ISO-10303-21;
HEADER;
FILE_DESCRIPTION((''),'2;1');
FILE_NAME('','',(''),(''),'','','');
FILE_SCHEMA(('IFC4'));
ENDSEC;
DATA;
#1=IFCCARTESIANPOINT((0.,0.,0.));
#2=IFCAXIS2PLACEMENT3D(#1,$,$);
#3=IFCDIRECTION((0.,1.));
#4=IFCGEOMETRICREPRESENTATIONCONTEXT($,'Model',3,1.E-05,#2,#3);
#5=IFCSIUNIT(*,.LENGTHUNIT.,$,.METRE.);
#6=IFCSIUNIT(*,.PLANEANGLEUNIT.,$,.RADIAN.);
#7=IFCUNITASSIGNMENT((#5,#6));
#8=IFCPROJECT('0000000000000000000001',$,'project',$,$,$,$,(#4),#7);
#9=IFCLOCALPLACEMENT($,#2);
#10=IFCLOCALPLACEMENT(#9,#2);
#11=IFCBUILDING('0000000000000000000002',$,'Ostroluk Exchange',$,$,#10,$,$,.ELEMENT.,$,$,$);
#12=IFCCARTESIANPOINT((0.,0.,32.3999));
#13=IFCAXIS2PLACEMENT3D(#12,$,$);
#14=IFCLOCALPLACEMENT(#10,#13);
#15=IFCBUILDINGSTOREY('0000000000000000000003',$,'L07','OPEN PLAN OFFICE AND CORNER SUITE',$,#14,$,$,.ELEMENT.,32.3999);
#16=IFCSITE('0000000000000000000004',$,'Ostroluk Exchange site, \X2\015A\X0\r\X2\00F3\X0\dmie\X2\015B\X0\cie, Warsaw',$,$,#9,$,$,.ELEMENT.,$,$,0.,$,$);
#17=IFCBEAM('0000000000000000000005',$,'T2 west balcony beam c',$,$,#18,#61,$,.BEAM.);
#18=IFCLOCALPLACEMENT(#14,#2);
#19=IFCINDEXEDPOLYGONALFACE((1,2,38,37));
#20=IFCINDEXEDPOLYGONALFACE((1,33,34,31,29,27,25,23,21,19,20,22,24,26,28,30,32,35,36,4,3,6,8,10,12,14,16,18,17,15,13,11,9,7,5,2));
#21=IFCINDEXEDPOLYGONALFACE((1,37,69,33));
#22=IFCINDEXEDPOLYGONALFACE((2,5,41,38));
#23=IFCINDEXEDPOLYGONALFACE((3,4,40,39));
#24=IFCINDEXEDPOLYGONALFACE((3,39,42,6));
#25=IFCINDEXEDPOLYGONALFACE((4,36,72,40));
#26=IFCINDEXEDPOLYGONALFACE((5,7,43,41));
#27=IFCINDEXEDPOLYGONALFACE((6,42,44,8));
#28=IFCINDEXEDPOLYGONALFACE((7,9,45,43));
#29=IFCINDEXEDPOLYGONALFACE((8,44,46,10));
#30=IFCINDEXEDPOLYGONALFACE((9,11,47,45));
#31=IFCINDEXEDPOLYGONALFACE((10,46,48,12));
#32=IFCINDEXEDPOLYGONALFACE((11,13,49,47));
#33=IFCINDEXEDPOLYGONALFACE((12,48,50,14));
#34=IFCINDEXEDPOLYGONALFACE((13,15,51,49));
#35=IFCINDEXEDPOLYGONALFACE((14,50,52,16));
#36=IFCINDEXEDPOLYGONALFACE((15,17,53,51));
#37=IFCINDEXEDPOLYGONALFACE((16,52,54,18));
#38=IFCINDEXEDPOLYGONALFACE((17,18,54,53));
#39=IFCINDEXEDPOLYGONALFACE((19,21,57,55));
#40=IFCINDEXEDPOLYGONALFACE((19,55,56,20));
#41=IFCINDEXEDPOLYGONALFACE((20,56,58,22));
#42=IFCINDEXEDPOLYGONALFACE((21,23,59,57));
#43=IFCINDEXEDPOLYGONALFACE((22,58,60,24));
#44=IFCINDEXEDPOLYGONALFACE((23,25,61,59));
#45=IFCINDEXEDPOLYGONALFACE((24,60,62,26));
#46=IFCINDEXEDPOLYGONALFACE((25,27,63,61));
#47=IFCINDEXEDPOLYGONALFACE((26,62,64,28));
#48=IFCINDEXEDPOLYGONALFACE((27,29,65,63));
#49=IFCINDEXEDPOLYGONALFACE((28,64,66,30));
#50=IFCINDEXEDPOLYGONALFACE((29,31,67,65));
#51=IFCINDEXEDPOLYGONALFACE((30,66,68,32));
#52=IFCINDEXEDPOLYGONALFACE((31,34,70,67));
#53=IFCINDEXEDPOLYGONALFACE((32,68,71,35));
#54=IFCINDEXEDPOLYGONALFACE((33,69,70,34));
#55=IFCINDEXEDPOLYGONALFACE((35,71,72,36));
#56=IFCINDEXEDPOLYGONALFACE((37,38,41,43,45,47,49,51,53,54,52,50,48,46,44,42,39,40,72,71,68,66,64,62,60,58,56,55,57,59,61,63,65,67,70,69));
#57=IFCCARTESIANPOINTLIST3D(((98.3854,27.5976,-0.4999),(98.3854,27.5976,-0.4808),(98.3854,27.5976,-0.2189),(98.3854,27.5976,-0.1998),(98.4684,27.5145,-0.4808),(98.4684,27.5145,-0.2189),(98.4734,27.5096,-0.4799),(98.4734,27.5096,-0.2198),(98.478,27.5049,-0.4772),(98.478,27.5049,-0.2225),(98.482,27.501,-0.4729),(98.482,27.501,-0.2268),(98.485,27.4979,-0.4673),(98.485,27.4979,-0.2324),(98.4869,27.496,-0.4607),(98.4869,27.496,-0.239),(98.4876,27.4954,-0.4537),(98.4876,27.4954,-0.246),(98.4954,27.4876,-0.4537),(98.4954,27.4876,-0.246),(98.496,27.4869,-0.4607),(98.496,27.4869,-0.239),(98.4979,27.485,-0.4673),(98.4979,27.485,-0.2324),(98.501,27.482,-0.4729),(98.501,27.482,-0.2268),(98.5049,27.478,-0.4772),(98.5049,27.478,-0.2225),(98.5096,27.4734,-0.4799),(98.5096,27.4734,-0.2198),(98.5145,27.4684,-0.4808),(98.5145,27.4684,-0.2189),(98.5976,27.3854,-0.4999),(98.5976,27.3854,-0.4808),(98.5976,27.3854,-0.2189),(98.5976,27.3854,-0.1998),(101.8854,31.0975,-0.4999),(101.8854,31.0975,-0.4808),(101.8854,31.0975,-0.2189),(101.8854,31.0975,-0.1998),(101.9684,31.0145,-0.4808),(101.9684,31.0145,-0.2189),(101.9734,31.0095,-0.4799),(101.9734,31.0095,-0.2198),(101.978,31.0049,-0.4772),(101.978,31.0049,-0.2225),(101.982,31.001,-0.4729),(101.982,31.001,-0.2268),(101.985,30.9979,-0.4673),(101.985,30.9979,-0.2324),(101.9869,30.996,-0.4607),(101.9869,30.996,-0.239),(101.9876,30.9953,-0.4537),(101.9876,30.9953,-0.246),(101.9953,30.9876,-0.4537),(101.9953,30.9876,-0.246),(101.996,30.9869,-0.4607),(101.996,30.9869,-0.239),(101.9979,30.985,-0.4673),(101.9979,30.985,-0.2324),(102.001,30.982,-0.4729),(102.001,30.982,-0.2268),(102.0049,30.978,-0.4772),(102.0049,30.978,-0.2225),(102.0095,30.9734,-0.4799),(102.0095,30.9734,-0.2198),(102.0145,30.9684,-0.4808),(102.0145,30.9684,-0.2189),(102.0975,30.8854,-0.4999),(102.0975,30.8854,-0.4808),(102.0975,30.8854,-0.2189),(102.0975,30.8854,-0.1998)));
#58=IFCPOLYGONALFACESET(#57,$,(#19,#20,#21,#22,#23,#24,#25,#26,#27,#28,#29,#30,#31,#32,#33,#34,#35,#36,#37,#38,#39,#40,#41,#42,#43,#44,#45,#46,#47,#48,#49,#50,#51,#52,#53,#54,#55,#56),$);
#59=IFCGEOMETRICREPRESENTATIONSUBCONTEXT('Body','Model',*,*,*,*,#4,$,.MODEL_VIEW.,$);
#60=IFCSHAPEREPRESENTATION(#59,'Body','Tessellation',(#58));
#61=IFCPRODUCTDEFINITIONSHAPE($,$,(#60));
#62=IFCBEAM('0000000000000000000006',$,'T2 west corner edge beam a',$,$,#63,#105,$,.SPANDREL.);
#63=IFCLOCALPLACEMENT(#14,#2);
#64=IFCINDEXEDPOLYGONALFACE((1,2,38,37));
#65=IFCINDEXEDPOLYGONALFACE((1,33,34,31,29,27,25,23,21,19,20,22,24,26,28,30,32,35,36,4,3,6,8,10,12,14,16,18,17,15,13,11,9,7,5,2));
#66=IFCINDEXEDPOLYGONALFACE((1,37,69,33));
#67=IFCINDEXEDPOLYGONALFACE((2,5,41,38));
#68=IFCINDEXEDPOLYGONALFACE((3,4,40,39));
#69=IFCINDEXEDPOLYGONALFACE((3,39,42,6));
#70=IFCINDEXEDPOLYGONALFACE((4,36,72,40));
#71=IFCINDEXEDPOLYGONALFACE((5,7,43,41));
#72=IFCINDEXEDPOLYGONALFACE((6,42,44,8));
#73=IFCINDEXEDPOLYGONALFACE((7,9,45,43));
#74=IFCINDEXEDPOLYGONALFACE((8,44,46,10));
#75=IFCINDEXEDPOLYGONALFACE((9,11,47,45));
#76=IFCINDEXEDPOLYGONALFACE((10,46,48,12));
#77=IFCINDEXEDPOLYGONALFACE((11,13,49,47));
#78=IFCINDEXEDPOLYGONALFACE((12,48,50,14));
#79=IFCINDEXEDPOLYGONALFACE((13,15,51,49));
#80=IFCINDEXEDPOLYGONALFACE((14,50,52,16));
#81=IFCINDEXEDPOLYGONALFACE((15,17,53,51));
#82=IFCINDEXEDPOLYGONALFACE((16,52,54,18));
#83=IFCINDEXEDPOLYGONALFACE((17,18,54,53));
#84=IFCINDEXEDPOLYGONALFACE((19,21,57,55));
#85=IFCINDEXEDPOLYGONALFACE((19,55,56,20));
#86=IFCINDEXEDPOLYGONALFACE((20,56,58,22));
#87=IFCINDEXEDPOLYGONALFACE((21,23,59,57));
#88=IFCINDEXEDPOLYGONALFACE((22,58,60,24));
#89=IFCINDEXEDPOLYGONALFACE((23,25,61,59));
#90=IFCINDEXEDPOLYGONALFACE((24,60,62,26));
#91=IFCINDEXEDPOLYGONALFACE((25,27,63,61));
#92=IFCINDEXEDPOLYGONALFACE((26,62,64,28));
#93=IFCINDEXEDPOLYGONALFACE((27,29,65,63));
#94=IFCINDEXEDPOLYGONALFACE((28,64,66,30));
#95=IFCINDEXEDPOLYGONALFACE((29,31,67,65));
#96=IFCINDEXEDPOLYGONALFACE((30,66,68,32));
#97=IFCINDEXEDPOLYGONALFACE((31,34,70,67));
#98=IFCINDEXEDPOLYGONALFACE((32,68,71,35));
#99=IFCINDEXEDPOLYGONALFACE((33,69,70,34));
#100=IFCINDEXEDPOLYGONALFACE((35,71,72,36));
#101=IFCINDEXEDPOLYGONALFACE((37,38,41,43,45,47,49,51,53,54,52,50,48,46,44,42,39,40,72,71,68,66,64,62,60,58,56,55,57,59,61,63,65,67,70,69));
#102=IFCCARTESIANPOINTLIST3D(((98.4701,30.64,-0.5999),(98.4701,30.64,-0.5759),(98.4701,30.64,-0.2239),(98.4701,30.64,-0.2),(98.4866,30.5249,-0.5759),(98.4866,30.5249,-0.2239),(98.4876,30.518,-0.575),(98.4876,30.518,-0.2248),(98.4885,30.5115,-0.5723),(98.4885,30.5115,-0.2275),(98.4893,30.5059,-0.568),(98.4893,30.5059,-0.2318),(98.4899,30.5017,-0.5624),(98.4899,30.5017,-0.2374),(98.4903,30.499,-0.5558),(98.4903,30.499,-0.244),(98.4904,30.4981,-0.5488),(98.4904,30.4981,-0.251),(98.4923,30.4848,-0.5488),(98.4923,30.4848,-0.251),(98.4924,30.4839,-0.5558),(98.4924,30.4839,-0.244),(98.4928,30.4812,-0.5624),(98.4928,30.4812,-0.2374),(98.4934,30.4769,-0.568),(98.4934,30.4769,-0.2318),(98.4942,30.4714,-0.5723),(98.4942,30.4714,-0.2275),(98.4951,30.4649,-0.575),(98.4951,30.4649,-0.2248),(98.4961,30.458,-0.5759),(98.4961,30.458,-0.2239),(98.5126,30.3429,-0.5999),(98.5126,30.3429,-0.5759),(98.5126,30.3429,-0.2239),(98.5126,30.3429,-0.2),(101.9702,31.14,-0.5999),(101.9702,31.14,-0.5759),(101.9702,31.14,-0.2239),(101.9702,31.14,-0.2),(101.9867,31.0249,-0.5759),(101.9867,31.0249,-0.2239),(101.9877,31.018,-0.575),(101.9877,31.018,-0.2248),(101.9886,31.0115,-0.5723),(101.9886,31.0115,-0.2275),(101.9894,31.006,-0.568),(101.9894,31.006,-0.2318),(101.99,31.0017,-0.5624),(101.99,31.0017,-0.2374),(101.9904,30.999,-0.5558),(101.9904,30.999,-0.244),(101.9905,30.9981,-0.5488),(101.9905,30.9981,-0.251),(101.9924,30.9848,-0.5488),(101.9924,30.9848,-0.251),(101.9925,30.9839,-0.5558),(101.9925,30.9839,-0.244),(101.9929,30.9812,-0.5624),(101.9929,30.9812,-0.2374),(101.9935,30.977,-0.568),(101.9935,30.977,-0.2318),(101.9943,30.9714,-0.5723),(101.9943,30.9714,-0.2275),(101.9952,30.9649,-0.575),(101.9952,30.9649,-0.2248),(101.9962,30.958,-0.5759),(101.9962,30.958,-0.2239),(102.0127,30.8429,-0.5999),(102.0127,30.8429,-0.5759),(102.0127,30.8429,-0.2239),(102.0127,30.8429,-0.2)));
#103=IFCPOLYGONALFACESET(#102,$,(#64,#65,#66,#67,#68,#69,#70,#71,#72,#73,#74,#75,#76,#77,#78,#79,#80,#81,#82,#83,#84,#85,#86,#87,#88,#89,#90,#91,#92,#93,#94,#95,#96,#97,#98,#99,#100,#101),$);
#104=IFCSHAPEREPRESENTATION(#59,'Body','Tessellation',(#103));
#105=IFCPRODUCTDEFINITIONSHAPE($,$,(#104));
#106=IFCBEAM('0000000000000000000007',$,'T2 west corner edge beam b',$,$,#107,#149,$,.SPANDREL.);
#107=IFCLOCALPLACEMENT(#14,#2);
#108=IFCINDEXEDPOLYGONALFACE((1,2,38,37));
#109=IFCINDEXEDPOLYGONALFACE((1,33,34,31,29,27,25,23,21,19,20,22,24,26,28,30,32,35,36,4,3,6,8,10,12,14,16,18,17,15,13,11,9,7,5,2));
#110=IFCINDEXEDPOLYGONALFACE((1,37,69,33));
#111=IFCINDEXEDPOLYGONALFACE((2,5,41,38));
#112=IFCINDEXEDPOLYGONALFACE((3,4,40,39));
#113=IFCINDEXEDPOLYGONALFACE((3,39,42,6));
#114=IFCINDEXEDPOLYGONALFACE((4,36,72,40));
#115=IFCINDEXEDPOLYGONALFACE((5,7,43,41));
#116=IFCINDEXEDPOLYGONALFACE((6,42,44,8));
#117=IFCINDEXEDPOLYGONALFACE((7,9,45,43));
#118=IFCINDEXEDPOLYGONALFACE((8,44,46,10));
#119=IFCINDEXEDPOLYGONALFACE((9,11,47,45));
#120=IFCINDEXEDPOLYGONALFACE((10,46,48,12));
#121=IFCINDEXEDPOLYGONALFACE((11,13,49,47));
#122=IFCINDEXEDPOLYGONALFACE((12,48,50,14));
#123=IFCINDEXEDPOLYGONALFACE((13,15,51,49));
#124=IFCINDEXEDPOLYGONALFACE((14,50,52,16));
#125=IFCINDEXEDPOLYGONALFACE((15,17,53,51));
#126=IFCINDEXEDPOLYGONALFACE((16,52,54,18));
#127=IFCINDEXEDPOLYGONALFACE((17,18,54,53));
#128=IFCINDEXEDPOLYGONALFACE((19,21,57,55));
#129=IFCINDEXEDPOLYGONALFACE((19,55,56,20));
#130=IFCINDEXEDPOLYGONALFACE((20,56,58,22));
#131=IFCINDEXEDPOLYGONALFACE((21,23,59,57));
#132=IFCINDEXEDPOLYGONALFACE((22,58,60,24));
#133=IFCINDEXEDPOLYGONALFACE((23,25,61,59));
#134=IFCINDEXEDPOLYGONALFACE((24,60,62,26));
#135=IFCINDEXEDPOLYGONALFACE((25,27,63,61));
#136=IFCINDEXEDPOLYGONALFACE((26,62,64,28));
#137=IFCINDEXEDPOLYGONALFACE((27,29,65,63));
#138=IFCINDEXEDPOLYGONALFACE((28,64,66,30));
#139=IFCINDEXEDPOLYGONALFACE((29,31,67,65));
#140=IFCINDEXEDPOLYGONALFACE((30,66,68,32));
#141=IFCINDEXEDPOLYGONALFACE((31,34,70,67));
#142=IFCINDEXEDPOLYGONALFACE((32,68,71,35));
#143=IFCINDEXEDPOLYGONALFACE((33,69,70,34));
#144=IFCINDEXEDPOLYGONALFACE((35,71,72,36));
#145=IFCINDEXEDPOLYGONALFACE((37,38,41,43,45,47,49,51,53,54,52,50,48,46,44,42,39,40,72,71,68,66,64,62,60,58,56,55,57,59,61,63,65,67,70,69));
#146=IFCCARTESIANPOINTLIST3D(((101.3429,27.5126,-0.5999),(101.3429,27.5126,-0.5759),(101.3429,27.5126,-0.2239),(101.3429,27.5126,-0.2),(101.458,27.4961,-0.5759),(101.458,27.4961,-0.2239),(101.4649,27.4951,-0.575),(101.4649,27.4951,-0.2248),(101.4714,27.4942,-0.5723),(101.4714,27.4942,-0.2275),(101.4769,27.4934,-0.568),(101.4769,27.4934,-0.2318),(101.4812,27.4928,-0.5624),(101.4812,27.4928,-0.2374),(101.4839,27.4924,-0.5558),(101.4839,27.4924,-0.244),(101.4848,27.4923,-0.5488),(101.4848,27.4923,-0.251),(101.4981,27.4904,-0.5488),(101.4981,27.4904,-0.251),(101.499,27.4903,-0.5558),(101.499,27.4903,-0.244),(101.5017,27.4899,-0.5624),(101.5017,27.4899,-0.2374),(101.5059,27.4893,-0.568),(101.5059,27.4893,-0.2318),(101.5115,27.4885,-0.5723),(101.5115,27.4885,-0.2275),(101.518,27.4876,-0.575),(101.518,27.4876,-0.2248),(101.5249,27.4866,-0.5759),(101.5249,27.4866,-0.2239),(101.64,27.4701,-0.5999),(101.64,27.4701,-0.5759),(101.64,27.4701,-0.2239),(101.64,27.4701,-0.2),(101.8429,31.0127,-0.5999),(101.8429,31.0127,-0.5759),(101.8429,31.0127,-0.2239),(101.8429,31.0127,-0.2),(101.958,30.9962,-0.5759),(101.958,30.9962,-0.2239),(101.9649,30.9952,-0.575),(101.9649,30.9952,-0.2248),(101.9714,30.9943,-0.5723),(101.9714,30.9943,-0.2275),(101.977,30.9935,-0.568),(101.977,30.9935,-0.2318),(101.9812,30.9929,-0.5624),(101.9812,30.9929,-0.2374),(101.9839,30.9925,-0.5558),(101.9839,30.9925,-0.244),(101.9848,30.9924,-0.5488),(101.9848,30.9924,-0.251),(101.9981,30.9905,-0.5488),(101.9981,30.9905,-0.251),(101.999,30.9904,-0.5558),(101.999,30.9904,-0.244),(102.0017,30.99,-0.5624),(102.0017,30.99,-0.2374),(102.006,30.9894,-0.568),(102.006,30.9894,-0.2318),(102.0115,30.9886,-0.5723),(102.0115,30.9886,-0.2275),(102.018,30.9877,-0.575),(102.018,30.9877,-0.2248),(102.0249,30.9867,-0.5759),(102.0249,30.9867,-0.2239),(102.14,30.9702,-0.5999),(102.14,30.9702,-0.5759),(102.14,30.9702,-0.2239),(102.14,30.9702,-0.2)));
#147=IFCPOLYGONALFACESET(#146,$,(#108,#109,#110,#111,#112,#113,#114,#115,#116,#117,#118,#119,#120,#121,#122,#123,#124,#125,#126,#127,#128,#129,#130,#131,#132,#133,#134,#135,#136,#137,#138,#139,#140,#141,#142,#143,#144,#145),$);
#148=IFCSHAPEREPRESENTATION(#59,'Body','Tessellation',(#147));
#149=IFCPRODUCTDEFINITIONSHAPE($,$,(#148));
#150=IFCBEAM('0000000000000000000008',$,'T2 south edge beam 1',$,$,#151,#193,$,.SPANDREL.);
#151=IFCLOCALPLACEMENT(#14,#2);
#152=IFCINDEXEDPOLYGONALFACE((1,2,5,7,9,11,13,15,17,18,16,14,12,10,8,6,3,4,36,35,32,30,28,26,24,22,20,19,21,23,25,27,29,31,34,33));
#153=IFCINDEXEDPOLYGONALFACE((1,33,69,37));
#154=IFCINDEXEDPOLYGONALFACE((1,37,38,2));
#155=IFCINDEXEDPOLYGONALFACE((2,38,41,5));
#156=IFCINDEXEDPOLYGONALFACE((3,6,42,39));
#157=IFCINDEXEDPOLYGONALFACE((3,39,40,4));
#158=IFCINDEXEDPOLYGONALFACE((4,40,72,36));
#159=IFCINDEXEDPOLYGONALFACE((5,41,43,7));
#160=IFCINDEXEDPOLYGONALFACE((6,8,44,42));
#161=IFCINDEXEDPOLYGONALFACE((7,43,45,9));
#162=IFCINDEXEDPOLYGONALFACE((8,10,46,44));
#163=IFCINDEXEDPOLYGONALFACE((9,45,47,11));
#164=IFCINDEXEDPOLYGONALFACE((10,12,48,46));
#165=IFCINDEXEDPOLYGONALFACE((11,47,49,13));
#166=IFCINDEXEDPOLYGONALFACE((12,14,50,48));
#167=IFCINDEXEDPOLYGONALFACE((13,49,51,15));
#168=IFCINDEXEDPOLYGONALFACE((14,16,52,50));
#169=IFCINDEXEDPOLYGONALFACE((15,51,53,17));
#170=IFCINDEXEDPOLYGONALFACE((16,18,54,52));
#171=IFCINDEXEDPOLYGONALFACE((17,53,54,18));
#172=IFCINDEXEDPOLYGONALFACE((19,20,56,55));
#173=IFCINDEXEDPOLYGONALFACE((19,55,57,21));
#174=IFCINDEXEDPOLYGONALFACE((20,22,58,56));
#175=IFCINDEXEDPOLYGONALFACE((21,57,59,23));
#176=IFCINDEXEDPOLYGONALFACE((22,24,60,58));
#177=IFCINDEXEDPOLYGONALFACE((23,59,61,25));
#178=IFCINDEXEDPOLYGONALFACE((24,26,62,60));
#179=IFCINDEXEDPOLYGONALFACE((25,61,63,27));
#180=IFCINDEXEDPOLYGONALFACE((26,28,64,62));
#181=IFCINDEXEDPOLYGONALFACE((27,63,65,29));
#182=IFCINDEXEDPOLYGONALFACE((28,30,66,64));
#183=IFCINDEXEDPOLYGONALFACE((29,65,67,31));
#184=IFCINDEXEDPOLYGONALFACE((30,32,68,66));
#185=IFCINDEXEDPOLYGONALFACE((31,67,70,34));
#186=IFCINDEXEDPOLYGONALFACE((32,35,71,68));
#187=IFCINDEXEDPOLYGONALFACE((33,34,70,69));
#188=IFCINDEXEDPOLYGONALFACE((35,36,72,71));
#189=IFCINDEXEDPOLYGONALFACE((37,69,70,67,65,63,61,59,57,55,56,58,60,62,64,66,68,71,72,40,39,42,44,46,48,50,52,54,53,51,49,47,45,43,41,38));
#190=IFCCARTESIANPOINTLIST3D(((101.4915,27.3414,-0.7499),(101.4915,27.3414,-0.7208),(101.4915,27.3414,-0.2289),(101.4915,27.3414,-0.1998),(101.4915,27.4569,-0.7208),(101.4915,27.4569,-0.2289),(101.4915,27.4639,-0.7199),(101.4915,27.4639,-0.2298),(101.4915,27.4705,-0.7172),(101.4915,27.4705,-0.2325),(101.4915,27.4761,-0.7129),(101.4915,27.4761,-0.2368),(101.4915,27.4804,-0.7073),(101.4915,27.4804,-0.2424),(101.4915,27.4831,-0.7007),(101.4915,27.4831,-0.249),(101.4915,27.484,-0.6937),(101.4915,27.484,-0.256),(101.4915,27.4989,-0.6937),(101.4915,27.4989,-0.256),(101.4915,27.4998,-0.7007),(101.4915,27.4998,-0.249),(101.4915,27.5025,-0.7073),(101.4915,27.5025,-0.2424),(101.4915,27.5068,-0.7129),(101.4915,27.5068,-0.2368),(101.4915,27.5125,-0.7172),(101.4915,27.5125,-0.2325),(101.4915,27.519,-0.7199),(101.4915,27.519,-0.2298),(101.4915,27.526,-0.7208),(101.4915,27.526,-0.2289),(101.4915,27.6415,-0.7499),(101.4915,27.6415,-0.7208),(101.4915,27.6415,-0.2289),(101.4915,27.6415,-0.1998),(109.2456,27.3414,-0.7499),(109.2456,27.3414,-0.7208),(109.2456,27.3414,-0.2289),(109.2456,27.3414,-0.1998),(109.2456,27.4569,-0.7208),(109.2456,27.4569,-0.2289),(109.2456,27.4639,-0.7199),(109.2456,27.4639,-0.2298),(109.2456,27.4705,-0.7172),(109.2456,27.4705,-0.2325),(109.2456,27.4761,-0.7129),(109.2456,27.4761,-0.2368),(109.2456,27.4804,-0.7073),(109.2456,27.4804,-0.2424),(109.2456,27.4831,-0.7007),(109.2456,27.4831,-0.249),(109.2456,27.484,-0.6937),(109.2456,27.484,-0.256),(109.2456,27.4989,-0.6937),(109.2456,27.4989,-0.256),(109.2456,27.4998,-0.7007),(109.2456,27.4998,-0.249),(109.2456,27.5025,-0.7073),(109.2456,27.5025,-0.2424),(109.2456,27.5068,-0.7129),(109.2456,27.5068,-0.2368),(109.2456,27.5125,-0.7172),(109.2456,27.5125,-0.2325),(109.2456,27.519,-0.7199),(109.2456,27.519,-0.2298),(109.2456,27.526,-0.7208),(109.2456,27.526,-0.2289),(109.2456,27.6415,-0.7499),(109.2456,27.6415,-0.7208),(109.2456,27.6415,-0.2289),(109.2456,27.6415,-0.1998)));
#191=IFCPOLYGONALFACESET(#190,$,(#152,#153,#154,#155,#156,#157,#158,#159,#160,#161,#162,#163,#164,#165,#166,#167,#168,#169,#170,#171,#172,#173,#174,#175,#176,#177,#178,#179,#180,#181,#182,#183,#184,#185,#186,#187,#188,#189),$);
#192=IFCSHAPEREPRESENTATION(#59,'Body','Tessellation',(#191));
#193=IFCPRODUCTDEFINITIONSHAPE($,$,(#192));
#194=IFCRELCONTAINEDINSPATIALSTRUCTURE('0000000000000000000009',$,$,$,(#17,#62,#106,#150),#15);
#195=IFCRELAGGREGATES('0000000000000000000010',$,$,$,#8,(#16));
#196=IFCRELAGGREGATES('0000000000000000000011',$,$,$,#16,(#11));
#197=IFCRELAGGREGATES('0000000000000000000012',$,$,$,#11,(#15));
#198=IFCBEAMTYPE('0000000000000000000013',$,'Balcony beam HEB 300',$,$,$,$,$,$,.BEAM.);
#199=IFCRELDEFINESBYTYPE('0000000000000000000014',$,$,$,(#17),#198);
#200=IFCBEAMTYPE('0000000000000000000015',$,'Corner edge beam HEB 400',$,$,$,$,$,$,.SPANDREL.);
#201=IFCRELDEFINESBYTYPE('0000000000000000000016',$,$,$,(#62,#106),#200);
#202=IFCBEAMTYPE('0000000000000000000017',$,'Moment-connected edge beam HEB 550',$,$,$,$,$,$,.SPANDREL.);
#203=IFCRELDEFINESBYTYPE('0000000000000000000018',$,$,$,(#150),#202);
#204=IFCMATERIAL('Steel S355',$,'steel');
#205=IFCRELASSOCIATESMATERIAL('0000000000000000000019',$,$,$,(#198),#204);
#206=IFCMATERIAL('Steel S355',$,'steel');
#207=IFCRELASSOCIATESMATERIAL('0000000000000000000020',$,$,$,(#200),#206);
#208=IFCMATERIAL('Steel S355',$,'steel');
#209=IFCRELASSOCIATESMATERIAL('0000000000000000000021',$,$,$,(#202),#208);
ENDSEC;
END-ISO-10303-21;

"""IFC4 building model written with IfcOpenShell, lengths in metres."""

from ifc_helpers import new_model, si_unit, direction, frame, origin, origin_2d, place, context, subcontext, project, spatial, i_section, extrude, material, material_profile, profile_set, type_object, element, save


model = new_model("IFC4")

# Units and contexts
model_context = context("Model", 3, precision=1e-05, world=origin(), true_north=direction((0.0, 1.0)))
body_context = subcontext(model_context, "Body", "Model", "MODEL_VIEW")
ifc_project = project(units=[si_unit("LENGTHUNIT", "METRE"), si_unit("PLANEANGLEUNIT", "RADIAN")], contexts=[model_context])

# Site, building, storey
site_placement = place(None, origin())
site = spatial("IfcSite", under=ifc_project, at=site_placement, Name="Ostroluk Exchange site, Śródmieście, Warsaw", CompositionType="ELEMENT", RefElevation=0.0)
building_placement = place(site_placement, origin())
building = spatial("IfcBuilding", under=site, at=building_placement, Name="Ostroluk Exchange", CompositionType="ELEMENT")
storey_placement = place(building_placement, frame((0.0, 0.0, 32.3999)))
storey = spatial("IfcBuildingStorey", under=building, at=storey_placement, Name="L07", Description="OPEN PLAN OFFICE AND CORNER SUITE", CompositionType="ELEMENT", Elevation=32.3999)

# Beams
ifc_material_1 = material(Name="Steel S355", Category="steel")
ifc_material_profile_1 = material_profile(ifc_material_1, i_section(OverallWidth=0.3, OverallDepth=0.3, WebThickness=0.011, FlangeThickness=0.019, FilletRadius=0.0271, at=origin_2d()), Name="HEB 300")
ifc_profile_set_1 = profile_set([ifc_material_profile_1], Name="Steel S355")
beam_type_1 = type_object("IfcBeamType", Name="Balcony beam HEB 300", PredefinedType="BEAM", material=ifc_profile_set_1)
beam_1_placement = place(storey_placement, frame((101.9915, 30.9915, -0.3499), z_axis=(-0.707107, -0.707107, 0.0), x_axis=(0.707107, -0.707107, 0.0)))
element("IfcBeam", 1, at=beam_1_placement, inside=storey, type_object=beam_type_1, Name="T2 west balcony beam c", PredefinedType="BEAM", context=body_context, shape_type="SweptSolid", body=[
    extrude(i_section(OverallWidth=0.3, OverallDepth=0.3, WebThickness=0.011, FlangeThickness=0.019, FilletRadius=0.0271, at=origin_2d()), origin(), (0.0, 0.0, 1.0), 4.9497),
])
ifc_material_2 = material(Name="Steel S355", Category="steel")
ifc_material_profile_2 = material_profile(ifc_material_2, i_section(OverallWidth=0.3, OverallDepth=0.3999, WebThickness=0.0134, FlangeThickness=0.0239, FilletRadius=0.0271, at=origin_2d()), Name="HEB 400")
ifc_profile_set_2 = profile_set([ifc_material_profile_2], Name="Steel S355")
beam_type_2 = type_object("IfcBeamType", Name="Corner edge beam HEB 400", PredefinedType="SPANDREL", material=ifc_profile_set_2)
for number, where, z_axis, x_axis, name in (
    (2, (101.9915, 30.9915, -0.3999), (-0.989949, -0.141421, 0.0), (0.141421, -0.989949, 0.0), "T2 west corner edge beam a"),
    (3, (101.9915, 30.9915, -0.3999), (-0.141421, -0.989949, 0.0), (0.989949, -0.141421, 0.0), "T2 west corner edge beam b"),
):
    element("IfcBeam", number, at=place(storey_placement, frame(where, z_axis=z_axis, x_axis=x_axis)), inside=storey, type_object=beam_type_2, Name=name, PredefinedType="SPANDREL", context=body_context, shape_type="SweptSolid", body=[
        extrude(i_section(OverallWidth=0.3, OverallDepth=0.3999, WebThickness=0.0134, FlangeThickness=0.0239, FilletRadius=0.0271, at=origin_2d()), origin(), (0.0, 0.0, 1.0), 3.5356),
    ])
ifc_material_3 = material(Name="Steel S355", Category="steel")
ifc_material_profile_3 = material_profile(ifc_material_3, i_section(OverallWidth=0.3, OverallDepth=0.55, WebThickness=0.0149, FlangeThickness=0.0291, FilletRadius=0.0271, at=origin_2d()), Name="HEB 550")
ifc_profile_set_3 = profile_set([ifc_material_profile_3], Name="Steel S355")
beam_type_3 = type_object("IfcBeamType", Name="Moment-connected edge beam HEB 550", PredefinedType="SPANDREL", material=ifc_profile_set_3)
beam_2_placement = place(storey_placement, frame((101.4915, 27.4915, -0.4749), z_axis=(1.0, 0.0, 0.0), x_axis=(0.0, 1.0, 0.0)))
element("IfcBeam", 4, at=beam_2_placement, inside=storey, type_object=beam_type_3, Name="T2 south edge beam 1", PredefinedType="SPANDREL", context=body_context, shape_type="SweptSolid", body=[
    extrude(i_section(OverallWidth=0.3, OverallDepth=0.55, WebThickness=0.0149, FlangeThickness=0.0291, FilletRadius=0.0271, at=origin_2d()), origin(), (0.0, 0.0, 1.0), 7.7542),
])

save(model, "model.ifc")
